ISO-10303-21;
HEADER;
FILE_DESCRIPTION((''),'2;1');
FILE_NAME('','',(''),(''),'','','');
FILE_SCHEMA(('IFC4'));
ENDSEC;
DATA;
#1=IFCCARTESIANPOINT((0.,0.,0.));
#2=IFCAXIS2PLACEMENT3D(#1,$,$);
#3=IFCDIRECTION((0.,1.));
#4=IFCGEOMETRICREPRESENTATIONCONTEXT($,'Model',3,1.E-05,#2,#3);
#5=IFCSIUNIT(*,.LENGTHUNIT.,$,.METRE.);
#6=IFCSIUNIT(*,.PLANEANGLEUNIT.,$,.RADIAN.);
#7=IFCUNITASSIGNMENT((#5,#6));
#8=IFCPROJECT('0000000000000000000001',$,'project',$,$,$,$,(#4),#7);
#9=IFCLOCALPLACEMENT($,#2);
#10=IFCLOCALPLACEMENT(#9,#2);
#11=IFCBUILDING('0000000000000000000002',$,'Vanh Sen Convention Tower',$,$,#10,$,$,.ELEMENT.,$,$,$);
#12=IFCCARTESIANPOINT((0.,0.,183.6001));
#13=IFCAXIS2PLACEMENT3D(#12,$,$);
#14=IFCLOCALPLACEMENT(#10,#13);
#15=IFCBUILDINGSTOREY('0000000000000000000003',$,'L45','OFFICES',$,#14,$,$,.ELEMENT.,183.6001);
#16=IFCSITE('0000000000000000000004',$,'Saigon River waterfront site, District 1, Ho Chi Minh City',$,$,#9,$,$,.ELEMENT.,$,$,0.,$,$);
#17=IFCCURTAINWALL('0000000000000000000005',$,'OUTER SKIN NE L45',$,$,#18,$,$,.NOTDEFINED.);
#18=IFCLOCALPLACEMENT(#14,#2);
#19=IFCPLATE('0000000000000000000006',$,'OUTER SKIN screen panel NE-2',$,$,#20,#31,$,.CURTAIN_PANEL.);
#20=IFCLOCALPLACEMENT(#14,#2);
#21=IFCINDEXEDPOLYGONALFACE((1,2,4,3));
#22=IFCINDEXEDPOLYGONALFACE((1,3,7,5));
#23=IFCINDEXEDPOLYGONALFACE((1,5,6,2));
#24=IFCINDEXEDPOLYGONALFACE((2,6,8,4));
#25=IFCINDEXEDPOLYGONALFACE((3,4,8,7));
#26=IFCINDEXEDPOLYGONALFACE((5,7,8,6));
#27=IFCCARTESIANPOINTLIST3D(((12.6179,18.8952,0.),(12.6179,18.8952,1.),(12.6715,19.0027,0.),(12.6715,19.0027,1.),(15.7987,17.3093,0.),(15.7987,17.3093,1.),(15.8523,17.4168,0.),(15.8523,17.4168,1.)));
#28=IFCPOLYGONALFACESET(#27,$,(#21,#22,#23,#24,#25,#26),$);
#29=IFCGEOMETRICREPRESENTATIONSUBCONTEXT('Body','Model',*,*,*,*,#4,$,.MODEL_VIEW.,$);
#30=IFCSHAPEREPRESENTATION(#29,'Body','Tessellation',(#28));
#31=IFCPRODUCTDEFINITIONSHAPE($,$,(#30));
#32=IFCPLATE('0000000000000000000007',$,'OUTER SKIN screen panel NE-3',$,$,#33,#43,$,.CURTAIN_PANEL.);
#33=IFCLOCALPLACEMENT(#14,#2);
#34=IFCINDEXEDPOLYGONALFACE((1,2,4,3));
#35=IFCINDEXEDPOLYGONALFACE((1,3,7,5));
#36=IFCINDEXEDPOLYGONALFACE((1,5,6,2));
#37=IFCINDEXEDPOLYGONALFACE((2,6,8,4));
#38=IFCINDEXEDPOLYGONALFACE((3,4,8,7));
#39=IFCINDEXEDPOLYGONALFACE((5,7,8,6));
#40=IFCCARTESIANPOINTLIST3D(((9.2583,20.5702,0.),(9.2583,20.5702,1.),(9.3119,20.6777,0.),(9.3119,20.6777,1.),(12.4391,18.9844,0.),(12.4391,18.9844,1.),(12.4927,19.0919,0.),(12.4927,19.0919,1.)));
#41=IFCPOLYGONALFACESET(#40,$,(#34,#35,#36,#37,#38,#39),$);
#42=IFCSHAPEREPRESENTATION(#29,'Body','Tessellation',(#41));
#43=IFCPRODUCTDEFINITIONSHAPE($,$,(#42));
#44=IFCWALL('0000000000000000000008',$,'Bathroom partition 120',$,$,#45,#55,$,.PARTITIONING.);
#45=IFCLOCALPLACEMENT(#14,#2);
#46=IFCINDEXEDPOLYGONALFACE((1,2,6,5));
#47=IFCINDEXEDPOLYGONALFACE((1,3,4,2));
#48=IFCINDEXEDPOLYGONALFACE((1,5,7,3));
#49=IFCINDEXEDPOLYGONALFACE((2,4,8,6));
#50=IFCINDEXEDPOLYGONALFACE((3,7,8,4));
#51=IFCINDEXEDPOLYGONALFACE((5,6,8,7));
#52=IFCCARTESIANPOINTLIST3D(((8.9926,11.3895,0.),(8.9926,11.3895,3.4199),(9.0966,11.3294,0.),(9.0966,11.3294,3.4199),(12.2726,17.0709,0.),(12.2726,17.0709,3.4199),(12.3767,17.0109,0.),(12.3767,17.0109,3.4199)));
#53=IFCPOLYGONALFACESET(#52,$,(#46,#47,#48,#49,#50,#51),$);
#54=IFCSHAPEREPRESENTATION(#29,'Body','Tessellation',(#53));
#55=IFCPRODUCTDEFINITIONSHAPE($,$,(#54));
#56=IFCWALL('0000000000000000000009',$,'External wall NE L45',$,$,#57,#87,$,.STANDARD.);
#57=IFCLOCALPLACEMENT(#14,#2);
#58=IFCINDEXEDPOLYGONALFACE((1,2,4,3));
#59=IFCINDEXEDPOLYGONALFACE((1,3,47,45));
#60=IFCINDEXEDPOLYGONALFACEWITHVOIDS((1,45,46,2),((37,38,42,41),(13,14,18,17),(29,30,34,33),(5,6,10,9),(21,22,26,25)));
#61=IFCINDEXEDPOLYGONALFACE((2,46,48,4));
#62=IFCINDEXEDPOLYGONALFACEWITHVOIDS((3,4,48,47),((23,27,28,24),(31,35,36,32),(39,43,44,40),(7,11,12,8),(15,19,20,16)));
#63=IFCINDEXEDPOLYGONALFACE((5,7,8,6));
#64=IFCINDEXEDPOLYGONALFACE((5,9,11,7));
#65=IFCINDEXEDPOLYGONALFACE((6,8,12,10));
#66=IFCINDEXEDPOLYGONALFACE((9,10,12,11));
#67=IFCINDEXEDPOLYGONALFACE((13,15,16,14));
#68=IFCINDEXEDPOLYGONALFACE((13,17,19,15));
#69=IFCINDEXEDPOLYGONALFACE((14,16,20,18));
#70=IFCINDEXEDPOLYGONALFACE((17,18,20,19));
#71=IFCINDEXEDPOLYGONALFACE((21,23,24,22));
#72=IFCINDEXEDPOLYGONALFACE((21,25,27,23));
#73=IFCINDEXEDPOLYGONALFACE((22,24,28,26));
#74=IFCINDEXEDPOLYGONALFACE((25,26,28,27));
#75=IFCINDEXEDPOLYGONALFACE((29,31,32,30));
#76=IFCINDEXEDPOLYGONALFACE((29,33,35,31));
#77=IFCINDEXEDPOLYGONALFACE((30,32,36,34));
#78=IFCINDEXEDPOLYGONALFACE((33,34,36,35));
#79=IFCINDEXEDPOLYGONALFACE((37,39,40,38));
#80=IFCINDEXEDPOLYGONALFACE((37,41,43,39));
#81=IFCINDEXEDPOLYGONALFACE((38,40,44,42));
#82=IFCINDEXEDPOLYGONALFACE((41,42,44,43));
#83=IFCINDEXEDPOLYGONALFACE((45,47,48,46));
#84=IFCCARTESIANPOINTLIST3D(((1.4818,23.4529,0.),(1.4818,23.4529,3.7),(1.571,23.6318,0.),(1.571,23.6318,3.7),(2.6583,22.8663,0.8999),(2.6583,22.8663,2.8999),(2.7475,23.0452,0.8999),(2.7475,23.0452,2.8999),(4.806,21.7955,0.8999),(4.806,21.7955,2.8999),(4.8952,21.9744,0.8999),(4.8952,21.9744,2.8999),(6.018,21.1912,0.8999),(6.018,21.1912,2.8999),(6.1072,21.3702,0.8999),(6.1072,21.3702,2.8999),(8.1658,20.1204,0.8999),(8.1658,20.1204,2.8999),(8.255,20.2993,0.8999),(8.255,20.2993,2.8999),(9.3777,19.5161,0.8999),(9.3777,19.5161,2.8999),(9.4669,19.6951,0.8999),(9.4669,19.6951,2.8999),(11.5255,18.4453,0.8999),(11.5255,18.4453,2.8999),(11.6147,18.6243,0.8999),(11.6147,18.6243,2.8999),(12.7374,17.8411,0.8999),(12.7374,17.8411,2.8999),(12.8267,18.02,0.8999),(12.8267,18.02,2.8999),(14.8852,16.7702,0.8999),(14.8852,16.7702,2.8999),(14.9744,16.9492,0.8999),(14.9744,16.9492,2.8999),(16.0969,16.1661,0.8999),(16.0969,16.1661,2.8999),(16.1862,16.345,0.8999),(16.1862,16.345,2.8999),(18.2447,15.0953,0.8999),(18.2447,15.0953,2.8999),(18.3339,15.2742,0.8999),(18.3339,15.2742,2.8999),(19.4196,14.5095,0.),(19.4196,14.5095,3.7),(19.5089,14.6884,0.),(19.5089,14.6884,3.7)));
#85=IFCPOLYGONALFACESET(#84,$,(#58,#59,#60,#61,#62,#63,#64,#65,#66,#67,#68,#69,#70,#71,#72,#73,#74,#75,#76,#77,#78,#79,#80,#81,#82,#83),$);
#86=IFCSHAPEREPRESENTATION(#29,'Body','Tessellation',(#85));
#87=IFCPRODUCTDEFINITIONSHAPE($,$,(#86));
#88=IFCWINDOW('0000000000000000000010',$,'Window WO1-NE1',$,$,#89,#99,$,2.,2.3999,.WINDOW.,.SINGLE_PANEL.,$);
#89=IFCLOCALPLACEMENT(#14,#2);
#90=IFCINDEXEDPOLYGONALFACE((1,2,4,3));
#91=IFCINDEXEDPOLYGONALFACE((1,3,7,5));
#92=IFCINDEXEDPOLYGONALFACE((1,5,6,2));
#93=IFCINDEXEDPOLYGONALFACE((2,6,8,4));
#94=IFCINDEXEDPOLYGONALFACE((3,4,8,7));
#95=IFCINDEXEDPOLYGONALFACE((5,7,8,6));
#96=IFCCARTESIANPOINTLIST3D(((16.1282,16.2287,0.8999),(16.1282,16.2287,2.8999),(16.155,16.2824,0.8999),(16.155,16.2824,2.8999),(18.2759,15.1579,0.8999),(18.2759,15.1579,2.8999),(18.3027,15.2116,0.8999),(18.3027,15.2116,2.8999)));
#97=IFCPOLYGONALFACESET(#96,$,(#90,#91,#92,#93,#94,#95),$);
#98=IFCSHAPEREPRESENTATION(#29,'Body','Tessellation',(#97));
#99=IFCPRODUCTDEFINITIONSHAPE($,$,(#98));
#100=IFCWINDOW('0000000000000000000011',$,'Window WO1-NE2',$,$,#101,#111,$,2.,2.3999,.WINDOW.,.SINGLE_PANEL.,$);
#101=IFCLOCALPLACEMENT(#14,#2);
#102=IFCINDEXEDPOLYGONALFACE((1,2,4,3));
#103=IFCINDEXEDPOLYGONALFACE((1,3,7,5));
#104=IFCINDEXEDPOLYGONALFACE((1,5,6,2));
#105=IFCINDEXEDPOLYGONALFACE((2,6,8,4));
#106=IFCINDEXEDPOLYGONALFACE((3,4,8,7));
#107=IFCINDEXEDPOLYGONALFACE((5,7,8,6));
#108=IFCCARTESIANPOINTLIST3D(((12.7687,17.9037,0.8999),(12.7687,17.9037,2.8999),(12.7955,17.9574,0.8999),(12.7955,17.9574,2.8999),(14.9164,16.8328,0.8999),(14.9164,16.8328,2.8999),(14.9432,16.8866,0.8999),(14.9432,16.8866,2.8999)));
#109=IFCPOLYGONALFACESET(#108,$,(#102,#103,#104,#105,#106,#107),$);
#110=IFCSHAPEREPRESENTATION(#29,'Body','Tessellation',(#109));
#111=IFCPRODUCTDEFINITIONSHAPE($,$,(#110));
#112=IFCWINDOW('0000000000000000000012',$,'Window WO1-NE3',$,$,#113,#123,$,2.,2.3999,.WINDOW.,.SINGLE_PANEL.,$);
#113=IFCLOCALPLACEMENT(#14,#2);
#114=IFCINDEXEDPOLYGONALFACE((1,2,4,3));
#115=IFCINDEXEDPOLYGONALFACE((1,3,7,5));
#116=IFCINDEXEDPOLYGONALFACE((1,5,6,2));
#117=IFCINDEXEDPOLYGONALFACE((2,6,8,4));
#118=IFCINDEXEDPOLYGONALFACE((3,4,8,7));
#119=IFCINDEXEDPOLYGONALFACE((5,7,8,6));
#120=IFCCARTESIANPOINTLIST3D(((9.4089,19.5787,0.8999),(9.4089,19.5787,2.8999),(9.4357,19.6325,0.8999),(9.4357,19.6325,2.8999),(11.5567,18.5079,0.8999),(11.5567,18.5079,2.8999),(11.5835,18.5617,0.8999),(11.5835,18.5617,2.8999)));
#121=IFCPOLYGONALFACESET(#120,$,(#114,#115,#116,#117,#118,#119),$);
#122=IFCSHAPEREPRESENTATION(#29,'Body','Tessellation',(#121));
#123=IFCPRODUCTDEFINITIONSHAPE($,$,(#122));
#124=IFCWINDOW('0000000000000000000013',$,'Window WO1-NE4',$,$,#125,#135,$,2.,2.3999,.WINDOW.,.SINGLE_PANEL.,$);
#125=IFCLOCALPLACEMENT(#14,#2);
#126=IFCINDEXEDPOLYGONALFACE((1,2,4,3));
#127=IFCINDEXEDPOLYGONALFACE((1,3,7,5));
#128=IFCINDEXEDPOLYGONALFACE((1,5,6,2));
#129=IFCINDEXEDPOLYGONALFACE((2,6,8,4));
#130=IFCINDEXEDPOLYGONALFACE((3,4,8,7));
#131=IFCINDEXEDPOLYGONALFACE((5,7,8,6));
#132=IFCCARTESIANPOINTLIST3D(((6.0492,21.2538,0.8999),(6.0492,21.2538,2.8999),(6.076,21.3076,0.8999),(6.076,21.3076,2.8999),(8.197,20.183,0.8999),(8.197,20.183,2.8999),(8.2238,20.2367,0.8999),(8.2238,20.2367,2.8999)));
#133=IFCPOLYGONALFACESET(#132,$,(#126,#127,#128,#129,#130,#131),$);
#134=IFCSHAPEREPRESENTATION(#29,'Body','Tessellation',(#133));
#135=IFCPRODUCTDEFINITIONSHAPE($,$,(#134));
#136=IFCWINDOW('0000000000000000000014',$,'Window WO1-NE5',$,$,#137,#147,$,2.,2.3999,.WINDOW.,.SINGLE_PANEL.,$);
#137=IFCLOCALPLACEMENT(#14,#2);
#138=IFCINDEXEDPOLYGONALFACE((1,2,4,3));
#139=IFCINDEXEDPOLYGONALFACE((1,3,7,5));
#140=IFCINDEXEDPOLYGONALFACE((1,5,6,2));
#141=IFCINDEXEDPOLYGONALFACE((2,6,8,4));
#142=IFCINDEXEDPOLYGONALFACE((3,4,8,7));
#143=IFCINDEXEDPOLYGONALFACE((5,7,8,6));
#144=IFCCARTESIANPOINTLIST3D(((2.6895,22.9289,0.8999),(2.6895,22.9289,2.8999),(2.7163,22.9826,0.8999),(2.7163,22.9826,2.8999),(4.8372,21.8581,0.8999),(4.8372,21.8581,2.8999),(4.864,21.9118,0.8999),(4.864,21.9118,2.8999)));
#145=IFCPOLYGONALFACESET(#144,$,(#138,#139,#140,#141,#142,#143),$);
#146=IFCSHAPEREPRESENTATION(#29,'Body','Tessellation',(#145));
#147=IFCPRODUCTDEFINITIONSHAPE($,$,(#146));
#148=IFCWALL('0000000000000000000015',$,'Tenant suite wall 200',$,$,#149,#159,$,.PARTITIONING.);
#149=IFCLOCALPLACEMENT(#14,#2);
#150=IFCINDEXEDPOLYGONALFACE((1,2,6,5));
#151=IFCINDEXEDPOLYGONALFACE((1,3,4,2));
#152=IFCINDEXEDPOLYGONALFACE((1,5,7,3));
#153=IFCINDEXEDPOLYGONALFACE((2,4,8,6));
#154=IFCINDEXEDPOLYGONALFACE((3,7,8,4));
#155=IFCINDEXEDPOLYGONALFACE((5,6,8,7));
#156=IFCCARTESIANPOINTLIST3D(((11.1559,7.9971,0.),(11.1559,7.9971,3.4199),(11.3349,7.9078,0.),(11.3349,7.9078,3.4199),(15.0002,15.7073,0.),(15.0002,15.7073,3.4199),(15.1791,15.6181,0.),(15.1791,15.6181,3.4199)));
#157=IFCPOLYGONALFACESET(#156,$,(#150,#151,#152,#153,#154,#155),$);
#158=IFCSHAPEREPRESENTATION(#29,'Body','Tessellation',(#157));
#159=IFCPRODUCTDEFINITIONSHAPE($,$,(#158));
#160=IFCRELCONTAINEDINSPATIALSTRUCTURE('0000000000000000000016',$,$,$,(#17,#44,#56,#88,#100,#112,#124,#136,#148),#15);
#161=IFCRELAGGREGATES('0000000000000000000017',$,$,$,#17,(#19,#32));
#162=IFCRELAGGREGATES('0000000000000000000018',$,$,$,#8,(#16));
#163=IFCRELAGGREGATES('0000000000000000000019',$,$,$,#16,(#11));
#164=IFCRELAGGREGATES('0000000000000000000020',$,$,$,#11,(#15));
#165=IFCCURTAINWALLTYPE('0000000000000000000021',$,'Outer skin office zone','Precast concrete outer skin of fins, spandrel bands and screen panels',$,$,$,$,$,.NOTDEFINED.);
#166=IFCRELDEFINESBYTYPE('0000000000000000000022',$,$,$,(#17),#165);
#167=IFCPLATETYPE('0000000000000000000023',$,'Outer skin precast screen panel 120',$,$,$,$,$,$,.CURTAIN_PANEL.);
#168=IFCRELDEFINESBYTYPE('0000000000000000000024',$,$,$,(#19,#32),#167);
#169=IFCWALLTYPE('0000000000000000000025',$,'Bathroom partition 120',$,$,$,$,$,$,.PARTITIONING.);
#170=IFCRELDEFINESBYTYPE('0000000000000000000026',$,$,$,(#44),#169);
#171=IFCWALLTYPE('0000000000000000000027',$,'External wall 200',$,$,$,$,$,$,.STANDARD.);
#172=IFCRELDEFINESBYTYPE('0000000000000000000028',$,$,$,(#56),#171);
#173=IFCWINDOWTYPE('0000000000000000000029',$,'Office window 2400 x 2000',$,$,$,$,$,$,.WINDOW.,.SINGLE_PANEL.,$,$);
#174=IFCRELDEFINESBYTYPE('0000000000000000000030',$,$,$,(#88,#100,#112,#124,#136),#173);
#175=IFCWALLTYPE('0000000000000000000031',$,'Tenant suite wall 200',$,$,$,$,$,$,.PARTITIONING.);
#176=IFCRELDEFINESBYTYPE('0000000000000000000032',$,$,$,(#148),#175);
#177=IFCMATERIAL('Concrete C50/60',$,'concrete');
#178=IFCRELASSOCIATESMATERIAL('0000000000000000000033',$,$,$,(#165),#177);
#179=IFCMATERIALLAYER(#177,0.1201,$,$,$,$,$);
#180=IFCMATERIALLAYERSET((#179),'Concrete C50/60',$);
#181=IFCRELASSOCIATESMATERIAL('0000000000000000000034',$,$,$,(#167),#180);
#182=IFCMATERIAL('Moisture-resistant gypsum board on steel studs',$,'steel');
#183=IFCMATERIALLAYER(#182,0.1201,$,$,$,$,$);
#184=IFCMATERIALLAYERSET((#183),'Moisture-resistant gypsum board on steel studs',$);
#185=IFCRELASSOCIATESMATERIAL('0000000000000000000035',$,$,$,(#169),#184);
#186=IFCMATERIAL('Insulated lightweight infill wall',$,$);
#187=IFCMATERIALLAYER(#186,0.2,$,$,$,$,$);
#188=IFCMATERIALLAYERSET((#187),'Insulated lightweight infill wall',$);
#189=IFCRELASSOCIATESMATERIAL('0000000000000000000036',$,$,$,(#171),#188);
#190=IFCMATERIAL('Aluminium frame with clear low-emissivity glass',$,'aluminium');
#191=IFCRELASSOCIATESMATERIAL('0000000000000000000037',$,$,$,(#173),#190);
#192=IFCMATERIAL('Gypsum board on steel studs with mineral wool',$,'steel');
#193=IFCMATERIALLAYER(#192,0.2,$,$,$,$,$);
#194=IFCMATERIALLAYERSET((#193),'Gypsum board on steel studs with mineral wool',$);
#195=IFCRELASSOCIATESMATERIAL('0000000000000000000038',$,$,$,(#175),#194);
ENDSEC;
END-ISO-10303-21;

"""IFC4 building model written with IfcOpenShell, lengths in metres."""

from ifc_helpers import new_model, si_unit, direction, frame, frame_2d, origin, origin_2d, place, context, subcontext, project, spatial, rectangle, extrude, material, layer, layer_set, type_object, element, fill, aggregate, save


model = new_model("IFC4")

# Units and contexts
model_context = context("Model", 3, precision=1e-05, world=origin(), true_north=direction((0.0, 1.0)))
body_context = subcontext(model_context, "Body", "Model", "MODEL_VIEW")
ifc_project = project(units=[si_unit("LENGTHUNIT", "METRE"), si_unit("PLANEANGLEUNIT", "RADIAN")], contexts=[model_context])

# Site, building, storey
site_placement = place(None, origin())
site = spatial("IfcSite", under=ifc_project, at=site_placement, Name="Saigon River waterfront site, District 1, Ho Chi Minh City", CompositionType="ELEMENT", RefElevation=0.0)
building_placement = place(site_placement, origin())
building = spatial("IfcBuilding", under=site, at=building_placement, Name="Vanh Sen Convention Tower", CompositionType="ELEMENT")
storey_placement = place(building_placement, frame((0.0, 0.0, 183.6001)))
storey = spatial("IfcBuildingStorey", under=building, at=storey_placement, Name="L45", Description="OFFICES", CompositionType="ELEMENT", Elevation=183.6001)

# Curtain wall
ifc_material_1 = material(Name="Concrete C50/60", Category="concrete")
curtain_wall_type = type_object("IfcCurtainWallType", Name="Outer skin office zone", Description="Precast concrete outer skin of fins, spandrel bands and screen panels", PredefinedType="NOTDEFINED", material=ifc_material_1)
curtain_wall_1_placement = place(storey_placement, origin())
curtain_wall_1 = element("IfcCurtainWall", 1, at=curtain_wall_1_placement, inside=storey, type_object=curtain_wall_type, Name="OUTER SKIN NE L45", PredefinedType="NOTDEFINED")

# Shared definitions
ifc_layer_1 = layer(ifc_material_1, 0.1201)
ifc_layer_set_1 = layer_set([ifc_layer_1], Name="Concrete C50/60")
plate_type = type_object("IfcPlateType", Name="Outer skin precast screen panel 120", PredefinedType="CURTAIN_PANEL", material=ifc_layer_set_1)

# Plates
plate_1_placement = place(storey_placement, frame((14.2351, 18.156, 0.0), z_axis=(0.0, 0.0, 1.0), x_axis=(-0.894933, 0.446201, 0.0)))
plate_1 = element("IfcPlate", 2, at=plate_1_placement, type_object=plate_type, Name="OUTER SKIN screen panel NE-2", PredefinedType="CURTAIN_PANEL", context=body_context, shape_type="SweptSolid", body=[
    extrude(rectangle(XDim=3.5542, YDim=0.1201, at=origin_2d()), origin(), (0.0, 0.0, 1.0), 1.0),
])
plate_2_placement = place(storey_placement, frame((10.8755, 19.8311, 0.0), z_axis=(0.0, 0.0, 1.0), x_axis=(-0.894933, 0.446201, 0.0)))
plate_2 = element("IfcPlate", 3, at=plate_2_placement, type_object=plate_type, Name="OUTER SKIN screen panel NE-3", PredefinedType="CURTAIN_PANEL", context=body_context, shape_type="SweptSolid", body=[
    extrude(rectangle(XDim=3.5542, YDim=0.1201, at=origin_2d()), origin(), (0.0, 0.0, 1.0), 1.0),
])
aggregate(curtain_wall_1, [plate_1, plate_2])

# Wall
ifc_material_2 = material(Name="Moisture-resistant gypsum board on steel studs", Category="steel")
ifc_layer_2 = layer(ifc_material_2, 0.1201)
ifc_layer_set_2 = layer_set([ifc_layer_2], Name="Moisture-resistant gypsum board on steel studs")
wall_type_1 = type_object("IfcWallType", Name="Bathroom partition 120", PredefinedType="PARTITIONING", material=ifc_layer_set_2)
wall_1_placement = place(storey_placement, frame((12.3247, 17.041, 0.0), z_axis=(0.0, 0.0, 1.0), x_axis=(-0.499986, -0.866034, 0.0)))
element("IfcWall", 4, at=wall_1_placement, inside=storey, type_object=wall_type_1, Name="Bathroom partition 120", PredefinedType="PARTITIONING", context=body_context, shape_type="SweptSolid", body=[
    extrude(rectangle(XDim=6.5603, YDim=0.1201, at=frame_2d((3.2803, 0.0))), origin(), (0.0, 0.0, 1.0), 3.4199),
])

# Wall, openings, windows
ifc_material_3 = material(Name="Insulated lightweight infill wall")
ifc_layer_3 = layer(ifc_material_3, 0.2)
ifc_layer_set_3 = layer_set([ifc_layer_3], Name="Insulated lightweight infill wall")
wall_type_2 = type_object("IfcWallType", Name="External wall 200", PredefinedType="STANDARD", material=ifc_layer_set_3)
wall_2_placement = place(storey_placement, frame((19.4644, 14.5989, 0.0), z_axis=(0.0, 0.0, 1.0), x_axis=(-0.894936, 0.446195, 0.0)))
wall_2 = element("IfcWall", 5, at=wall_2_placement, inside=storey, type_object=wall_type_2, Name="External wall NE L45", PredefinedType="STANDARD", context=body_context, shape_type="SweptSolid", body=[
    extrude(rectangle(XDim=20.0437, YDim=0.2, at=frame_2d((10.022, 0.0))), origin(), (0.0, 0.0, 1.0), 3.7),
])
opening_1_placement = place(wall_2_placement, frame((1.313, 0.0, 0.8999)))
opening_1 = element("IfcOpeningElement", 6, at=opening_1_placement, cuts=wall_2, PredefinedType="OPENING", context=body_context, shape_type="SweptSolid", body=[
    extrude(rectangle(XDim=2.3999, YDim=2.0, at=frame_2d((1.2, 1.0))), frame((0.0, 0.1099, 0.0), z_axis=(0.0, -1.0, 0.0), x_axis=(1.0, 0.0, 0.0)), (0.0, 0.0, 1.0), 0.22),
])
opening_2_placement = place(wall_2_placement, frame((5.0669, 0.0, 0.8999)))
opening_2 = element("IfcOpeningElement", 7, at=opening_2_placement, cuts=wall_2, PredefinedType="OPENING", context=body_context, shape_type="SweptSolid", body=[
    extrude(rectangle(XDim=2.3999, YDim=2.0, at=frame_2d((1.2, 1.0))), frame((0.0, 0.1099, 0.0), z_axis=(0.0, -1.0, 0.0), x_axis=(1.0, 0.0, 0.0)), (0.0, 0.0, 1.0), 0.22),
])
opening_3_placement = place(wall_2_placement, frame((8.821, 0.0, 0.8999)))
opening_3 = element("IfcOpeningElement", 8, at=opening_3_placement, cuts=wall_2, PredefinedType="OPENING", context=body_context, shape_type="SweptSolid", body=[
    extrude(rectangle(XDim=2.3999, YDim=2.0, at=frame_2d((1.2, 1.0))), frame((0.0, 0.1099, 0.0), z_axis=(0.0, -1.0, 0.0), x_axis=(1.0, 0.0, 0.0)), (0.0, 0.0, 1.0), 0.22),
])
opening_4_placement = place(wall_2_placement, frame((12.5752, 0.0, 0.8999)))
opening_4 = element("IfcOpeningElement", 9, at=opening_4_placement, cuts=wall_2, PredefinedType="OPENING", context=body_context, shape_type="SweptSolid", body=[
    extrude(rectangle(XDim=2.3999, YDim=2.0, at=frame_2d((1.2, 1.0))), frame((0.0, 0.1099, 0.0), z_axis=(0.0, -1.0, 0.0), x_axis=(1.0, 0.0, 0.0)), (0.0, 0.0, 1.0), 0.22),
])
opening_5_placement = place(wall_2_placement, frame((16.3293, 0.0, 0.8999)))
opening_5 = element("IfcOpeningElement", 10, at=opening_5_placement, cuts=wall_2, PredefinedType="OPENING", context=body_context, shape_type="SweptSolid", body=[
    extrude(rectangle(XDim=2.3999, YDim=2.0, at=frame_2d((1.2, 1.0))), frame((0.0, 0.1099, 0.0), z_axis=(0.0, -1.0, 0.0), x_axis=(1.0, 0.0, 0.0)), (0.0, 0.0, 1.0), 0.22),
])
ifc_material_4 = material(Name="Aluminium frame with clear low-emissivity glass", Category="aluminium")
window_type = type_object("IfcWindowType", Name="Office window 2400 x 2000", PartitioningType="SINGLE_PANEL", PredefinedType="WINDOW", material=ifc_material_4)
window_1_placement = place(opening_1_placement, origin())
window_1 = element("IfcWindow", 11, at=window_1_placement, inside=storey, type_object=window_type, Name="Window WO1-NE1", OverallHeight=2.0, OverallWidth=2.3999, PartitioningType="SINGLE_PANEL", PredefinedType="WINDOW", context=body_context, shape_type="SweptSolid", body=[
    extrude(rectangle(XDim=2.3999, YDim=2.0, at=frame_2d((1.2, 1.0))), frame((0.0, 0.03, 0.0), z_axis=(0.0, -1.0, 0.0), x_axis=(1.0, 0.0, 0.0)), (0.0, 0.0, 1.0), 0.0601),
])
fill(opening_1, window_1)
window_2_placement = place(opening_2_placement, origin())
window_2 = element("IfcWindow", 12, at=window_2_placement, inside=storey, type_object=window_type, Name="Window WO1-NE2", OverallHeight=2.0, OverallWidth=2.3999, PartitioningType="SINGLE_PANEL", PredefinedType="WINDOW", context=body_context, shape_type="SweptSolid", body=[
    extrude(rectangle(XDim=2.3999, YDim=2.0, at=frame_2d((1.2, 1.0))), frame((0.0, 0.03, 0.0), z_axis=(0.0, -1.0, 0.0), x_axis=(1.0, 0.0, 0.0)), (0.0, 0.0, 1.0), 0.0601),
])
fill(opening_2, window_2)
window_3_placement = place(opening_3_placement, origin())
window_3 = element("IfcWindow", 13, at=window_3_placement, inside=storey, type_object=window_type, Name="Window WO1-NE3", OverallHeight=2.0, OverallWidth=2.3999, PartitioningType="SINGLE_PANEL", PredefinedType="WINDOW", context=body_context, shape_type="SweptSolid", body=[
    extrude(rectangle(XDim=2.3999, YDim=2.0, at=frame_2d((1.2, 1.0))), frame((0.0, 0.03, 0.0), z_axis=(0.0, -1.0, 0.0), x_axis=(1.0, 0.0, 0.0)), (0.0, 0.0, 1.0), 0.0601),
])
fill(opening_3, window_3)
window_4_placement = place(opening_4_placement, origin())
window_4 = element("IfcWindow", 14, at=window_4_placement, inside=storey, type_object=window_type, Name="Window WO1-NE4", OverallHeight=2.0, OverallWidth=2.3999, PartitioningType="SINGLE_PANEL", PredefinedType="WINDOW", context=body_context, shape_type="SweptSolid", body=[
    extrude(rectangle(XDim=2.3999, YDim=2.0, at=frame_2d((1.2, 1.0))), frame((0.0, 0.03, 0.0), z_axis=(0.0, -1.0, 0.0), x_axis=(1.0, 0.0, 0.0)), (0.0, 0.0, 1.0), 0.0601),
])
fill(opening_4, window_4)
window_5_placement = place(opening_5_placement, origin())
window_5 = element("IfcWindow", 15, at=window_5_placement, inside=storey, type_object=window_type, Name="Window WO1-NE5", OverallHeight=2.0, OverallWidth=2.3999, PartitioningType="SINGLE_PANEL", PredefinedType="WINDOW", context=body_context, shape_type="SweptSolid", body=[
    extrude(rectangle(XDim=2.3999, YDim=2.0, at=frame_2d((1.2, 1.0))), frame((0.0, 0.03, 0.0), z_axis=(0.0, -1.0, 0.0), x_axis=(1.0, 0.0, 0.0)), (0.0, 0.0, 1.0), 0.0601),
])
fill(opening_5, window_5)

# Wall
ifc_material_5 = material(Name="Gypsum board on steel studs with mineral wool", Category="steel")
ifc_layer_4 = layer(ifc_material_5, 0.2)
ifc_layer_set_4 = layer_set([ifc_layer_4], Name="Gypsum board on steel studs with mineral wool")
wall_type_3 = type_object("IfcWallType", Name="Tenant suite wall 200", PredefinedType="PARTITIONING", material=ifc_layer_set_4)
wall_3_placement = place(storey_placement, frame((15.0896, 15.6626, 0.0), z_axis=(0.0, 0.0, 1.0), x_axis=(-0.446204, -0.894931, 0.0)))
element("IfcWall", 16, at=wall_3_placement, inside=storey, type_object=wall_type_3, Name="Tenant suite wall 200", PredefinedType="PARTITIONING", context=body_context, shape_type="SweptSolid", body=[
    extrude(rectangle(XDim=8.6155, YDim=0.2, at=frame_2d((4.3076, 0.0))), origin(), (0.0, 0.0, 1.0), 3.4199),
])

save(model, "model.ifc")
